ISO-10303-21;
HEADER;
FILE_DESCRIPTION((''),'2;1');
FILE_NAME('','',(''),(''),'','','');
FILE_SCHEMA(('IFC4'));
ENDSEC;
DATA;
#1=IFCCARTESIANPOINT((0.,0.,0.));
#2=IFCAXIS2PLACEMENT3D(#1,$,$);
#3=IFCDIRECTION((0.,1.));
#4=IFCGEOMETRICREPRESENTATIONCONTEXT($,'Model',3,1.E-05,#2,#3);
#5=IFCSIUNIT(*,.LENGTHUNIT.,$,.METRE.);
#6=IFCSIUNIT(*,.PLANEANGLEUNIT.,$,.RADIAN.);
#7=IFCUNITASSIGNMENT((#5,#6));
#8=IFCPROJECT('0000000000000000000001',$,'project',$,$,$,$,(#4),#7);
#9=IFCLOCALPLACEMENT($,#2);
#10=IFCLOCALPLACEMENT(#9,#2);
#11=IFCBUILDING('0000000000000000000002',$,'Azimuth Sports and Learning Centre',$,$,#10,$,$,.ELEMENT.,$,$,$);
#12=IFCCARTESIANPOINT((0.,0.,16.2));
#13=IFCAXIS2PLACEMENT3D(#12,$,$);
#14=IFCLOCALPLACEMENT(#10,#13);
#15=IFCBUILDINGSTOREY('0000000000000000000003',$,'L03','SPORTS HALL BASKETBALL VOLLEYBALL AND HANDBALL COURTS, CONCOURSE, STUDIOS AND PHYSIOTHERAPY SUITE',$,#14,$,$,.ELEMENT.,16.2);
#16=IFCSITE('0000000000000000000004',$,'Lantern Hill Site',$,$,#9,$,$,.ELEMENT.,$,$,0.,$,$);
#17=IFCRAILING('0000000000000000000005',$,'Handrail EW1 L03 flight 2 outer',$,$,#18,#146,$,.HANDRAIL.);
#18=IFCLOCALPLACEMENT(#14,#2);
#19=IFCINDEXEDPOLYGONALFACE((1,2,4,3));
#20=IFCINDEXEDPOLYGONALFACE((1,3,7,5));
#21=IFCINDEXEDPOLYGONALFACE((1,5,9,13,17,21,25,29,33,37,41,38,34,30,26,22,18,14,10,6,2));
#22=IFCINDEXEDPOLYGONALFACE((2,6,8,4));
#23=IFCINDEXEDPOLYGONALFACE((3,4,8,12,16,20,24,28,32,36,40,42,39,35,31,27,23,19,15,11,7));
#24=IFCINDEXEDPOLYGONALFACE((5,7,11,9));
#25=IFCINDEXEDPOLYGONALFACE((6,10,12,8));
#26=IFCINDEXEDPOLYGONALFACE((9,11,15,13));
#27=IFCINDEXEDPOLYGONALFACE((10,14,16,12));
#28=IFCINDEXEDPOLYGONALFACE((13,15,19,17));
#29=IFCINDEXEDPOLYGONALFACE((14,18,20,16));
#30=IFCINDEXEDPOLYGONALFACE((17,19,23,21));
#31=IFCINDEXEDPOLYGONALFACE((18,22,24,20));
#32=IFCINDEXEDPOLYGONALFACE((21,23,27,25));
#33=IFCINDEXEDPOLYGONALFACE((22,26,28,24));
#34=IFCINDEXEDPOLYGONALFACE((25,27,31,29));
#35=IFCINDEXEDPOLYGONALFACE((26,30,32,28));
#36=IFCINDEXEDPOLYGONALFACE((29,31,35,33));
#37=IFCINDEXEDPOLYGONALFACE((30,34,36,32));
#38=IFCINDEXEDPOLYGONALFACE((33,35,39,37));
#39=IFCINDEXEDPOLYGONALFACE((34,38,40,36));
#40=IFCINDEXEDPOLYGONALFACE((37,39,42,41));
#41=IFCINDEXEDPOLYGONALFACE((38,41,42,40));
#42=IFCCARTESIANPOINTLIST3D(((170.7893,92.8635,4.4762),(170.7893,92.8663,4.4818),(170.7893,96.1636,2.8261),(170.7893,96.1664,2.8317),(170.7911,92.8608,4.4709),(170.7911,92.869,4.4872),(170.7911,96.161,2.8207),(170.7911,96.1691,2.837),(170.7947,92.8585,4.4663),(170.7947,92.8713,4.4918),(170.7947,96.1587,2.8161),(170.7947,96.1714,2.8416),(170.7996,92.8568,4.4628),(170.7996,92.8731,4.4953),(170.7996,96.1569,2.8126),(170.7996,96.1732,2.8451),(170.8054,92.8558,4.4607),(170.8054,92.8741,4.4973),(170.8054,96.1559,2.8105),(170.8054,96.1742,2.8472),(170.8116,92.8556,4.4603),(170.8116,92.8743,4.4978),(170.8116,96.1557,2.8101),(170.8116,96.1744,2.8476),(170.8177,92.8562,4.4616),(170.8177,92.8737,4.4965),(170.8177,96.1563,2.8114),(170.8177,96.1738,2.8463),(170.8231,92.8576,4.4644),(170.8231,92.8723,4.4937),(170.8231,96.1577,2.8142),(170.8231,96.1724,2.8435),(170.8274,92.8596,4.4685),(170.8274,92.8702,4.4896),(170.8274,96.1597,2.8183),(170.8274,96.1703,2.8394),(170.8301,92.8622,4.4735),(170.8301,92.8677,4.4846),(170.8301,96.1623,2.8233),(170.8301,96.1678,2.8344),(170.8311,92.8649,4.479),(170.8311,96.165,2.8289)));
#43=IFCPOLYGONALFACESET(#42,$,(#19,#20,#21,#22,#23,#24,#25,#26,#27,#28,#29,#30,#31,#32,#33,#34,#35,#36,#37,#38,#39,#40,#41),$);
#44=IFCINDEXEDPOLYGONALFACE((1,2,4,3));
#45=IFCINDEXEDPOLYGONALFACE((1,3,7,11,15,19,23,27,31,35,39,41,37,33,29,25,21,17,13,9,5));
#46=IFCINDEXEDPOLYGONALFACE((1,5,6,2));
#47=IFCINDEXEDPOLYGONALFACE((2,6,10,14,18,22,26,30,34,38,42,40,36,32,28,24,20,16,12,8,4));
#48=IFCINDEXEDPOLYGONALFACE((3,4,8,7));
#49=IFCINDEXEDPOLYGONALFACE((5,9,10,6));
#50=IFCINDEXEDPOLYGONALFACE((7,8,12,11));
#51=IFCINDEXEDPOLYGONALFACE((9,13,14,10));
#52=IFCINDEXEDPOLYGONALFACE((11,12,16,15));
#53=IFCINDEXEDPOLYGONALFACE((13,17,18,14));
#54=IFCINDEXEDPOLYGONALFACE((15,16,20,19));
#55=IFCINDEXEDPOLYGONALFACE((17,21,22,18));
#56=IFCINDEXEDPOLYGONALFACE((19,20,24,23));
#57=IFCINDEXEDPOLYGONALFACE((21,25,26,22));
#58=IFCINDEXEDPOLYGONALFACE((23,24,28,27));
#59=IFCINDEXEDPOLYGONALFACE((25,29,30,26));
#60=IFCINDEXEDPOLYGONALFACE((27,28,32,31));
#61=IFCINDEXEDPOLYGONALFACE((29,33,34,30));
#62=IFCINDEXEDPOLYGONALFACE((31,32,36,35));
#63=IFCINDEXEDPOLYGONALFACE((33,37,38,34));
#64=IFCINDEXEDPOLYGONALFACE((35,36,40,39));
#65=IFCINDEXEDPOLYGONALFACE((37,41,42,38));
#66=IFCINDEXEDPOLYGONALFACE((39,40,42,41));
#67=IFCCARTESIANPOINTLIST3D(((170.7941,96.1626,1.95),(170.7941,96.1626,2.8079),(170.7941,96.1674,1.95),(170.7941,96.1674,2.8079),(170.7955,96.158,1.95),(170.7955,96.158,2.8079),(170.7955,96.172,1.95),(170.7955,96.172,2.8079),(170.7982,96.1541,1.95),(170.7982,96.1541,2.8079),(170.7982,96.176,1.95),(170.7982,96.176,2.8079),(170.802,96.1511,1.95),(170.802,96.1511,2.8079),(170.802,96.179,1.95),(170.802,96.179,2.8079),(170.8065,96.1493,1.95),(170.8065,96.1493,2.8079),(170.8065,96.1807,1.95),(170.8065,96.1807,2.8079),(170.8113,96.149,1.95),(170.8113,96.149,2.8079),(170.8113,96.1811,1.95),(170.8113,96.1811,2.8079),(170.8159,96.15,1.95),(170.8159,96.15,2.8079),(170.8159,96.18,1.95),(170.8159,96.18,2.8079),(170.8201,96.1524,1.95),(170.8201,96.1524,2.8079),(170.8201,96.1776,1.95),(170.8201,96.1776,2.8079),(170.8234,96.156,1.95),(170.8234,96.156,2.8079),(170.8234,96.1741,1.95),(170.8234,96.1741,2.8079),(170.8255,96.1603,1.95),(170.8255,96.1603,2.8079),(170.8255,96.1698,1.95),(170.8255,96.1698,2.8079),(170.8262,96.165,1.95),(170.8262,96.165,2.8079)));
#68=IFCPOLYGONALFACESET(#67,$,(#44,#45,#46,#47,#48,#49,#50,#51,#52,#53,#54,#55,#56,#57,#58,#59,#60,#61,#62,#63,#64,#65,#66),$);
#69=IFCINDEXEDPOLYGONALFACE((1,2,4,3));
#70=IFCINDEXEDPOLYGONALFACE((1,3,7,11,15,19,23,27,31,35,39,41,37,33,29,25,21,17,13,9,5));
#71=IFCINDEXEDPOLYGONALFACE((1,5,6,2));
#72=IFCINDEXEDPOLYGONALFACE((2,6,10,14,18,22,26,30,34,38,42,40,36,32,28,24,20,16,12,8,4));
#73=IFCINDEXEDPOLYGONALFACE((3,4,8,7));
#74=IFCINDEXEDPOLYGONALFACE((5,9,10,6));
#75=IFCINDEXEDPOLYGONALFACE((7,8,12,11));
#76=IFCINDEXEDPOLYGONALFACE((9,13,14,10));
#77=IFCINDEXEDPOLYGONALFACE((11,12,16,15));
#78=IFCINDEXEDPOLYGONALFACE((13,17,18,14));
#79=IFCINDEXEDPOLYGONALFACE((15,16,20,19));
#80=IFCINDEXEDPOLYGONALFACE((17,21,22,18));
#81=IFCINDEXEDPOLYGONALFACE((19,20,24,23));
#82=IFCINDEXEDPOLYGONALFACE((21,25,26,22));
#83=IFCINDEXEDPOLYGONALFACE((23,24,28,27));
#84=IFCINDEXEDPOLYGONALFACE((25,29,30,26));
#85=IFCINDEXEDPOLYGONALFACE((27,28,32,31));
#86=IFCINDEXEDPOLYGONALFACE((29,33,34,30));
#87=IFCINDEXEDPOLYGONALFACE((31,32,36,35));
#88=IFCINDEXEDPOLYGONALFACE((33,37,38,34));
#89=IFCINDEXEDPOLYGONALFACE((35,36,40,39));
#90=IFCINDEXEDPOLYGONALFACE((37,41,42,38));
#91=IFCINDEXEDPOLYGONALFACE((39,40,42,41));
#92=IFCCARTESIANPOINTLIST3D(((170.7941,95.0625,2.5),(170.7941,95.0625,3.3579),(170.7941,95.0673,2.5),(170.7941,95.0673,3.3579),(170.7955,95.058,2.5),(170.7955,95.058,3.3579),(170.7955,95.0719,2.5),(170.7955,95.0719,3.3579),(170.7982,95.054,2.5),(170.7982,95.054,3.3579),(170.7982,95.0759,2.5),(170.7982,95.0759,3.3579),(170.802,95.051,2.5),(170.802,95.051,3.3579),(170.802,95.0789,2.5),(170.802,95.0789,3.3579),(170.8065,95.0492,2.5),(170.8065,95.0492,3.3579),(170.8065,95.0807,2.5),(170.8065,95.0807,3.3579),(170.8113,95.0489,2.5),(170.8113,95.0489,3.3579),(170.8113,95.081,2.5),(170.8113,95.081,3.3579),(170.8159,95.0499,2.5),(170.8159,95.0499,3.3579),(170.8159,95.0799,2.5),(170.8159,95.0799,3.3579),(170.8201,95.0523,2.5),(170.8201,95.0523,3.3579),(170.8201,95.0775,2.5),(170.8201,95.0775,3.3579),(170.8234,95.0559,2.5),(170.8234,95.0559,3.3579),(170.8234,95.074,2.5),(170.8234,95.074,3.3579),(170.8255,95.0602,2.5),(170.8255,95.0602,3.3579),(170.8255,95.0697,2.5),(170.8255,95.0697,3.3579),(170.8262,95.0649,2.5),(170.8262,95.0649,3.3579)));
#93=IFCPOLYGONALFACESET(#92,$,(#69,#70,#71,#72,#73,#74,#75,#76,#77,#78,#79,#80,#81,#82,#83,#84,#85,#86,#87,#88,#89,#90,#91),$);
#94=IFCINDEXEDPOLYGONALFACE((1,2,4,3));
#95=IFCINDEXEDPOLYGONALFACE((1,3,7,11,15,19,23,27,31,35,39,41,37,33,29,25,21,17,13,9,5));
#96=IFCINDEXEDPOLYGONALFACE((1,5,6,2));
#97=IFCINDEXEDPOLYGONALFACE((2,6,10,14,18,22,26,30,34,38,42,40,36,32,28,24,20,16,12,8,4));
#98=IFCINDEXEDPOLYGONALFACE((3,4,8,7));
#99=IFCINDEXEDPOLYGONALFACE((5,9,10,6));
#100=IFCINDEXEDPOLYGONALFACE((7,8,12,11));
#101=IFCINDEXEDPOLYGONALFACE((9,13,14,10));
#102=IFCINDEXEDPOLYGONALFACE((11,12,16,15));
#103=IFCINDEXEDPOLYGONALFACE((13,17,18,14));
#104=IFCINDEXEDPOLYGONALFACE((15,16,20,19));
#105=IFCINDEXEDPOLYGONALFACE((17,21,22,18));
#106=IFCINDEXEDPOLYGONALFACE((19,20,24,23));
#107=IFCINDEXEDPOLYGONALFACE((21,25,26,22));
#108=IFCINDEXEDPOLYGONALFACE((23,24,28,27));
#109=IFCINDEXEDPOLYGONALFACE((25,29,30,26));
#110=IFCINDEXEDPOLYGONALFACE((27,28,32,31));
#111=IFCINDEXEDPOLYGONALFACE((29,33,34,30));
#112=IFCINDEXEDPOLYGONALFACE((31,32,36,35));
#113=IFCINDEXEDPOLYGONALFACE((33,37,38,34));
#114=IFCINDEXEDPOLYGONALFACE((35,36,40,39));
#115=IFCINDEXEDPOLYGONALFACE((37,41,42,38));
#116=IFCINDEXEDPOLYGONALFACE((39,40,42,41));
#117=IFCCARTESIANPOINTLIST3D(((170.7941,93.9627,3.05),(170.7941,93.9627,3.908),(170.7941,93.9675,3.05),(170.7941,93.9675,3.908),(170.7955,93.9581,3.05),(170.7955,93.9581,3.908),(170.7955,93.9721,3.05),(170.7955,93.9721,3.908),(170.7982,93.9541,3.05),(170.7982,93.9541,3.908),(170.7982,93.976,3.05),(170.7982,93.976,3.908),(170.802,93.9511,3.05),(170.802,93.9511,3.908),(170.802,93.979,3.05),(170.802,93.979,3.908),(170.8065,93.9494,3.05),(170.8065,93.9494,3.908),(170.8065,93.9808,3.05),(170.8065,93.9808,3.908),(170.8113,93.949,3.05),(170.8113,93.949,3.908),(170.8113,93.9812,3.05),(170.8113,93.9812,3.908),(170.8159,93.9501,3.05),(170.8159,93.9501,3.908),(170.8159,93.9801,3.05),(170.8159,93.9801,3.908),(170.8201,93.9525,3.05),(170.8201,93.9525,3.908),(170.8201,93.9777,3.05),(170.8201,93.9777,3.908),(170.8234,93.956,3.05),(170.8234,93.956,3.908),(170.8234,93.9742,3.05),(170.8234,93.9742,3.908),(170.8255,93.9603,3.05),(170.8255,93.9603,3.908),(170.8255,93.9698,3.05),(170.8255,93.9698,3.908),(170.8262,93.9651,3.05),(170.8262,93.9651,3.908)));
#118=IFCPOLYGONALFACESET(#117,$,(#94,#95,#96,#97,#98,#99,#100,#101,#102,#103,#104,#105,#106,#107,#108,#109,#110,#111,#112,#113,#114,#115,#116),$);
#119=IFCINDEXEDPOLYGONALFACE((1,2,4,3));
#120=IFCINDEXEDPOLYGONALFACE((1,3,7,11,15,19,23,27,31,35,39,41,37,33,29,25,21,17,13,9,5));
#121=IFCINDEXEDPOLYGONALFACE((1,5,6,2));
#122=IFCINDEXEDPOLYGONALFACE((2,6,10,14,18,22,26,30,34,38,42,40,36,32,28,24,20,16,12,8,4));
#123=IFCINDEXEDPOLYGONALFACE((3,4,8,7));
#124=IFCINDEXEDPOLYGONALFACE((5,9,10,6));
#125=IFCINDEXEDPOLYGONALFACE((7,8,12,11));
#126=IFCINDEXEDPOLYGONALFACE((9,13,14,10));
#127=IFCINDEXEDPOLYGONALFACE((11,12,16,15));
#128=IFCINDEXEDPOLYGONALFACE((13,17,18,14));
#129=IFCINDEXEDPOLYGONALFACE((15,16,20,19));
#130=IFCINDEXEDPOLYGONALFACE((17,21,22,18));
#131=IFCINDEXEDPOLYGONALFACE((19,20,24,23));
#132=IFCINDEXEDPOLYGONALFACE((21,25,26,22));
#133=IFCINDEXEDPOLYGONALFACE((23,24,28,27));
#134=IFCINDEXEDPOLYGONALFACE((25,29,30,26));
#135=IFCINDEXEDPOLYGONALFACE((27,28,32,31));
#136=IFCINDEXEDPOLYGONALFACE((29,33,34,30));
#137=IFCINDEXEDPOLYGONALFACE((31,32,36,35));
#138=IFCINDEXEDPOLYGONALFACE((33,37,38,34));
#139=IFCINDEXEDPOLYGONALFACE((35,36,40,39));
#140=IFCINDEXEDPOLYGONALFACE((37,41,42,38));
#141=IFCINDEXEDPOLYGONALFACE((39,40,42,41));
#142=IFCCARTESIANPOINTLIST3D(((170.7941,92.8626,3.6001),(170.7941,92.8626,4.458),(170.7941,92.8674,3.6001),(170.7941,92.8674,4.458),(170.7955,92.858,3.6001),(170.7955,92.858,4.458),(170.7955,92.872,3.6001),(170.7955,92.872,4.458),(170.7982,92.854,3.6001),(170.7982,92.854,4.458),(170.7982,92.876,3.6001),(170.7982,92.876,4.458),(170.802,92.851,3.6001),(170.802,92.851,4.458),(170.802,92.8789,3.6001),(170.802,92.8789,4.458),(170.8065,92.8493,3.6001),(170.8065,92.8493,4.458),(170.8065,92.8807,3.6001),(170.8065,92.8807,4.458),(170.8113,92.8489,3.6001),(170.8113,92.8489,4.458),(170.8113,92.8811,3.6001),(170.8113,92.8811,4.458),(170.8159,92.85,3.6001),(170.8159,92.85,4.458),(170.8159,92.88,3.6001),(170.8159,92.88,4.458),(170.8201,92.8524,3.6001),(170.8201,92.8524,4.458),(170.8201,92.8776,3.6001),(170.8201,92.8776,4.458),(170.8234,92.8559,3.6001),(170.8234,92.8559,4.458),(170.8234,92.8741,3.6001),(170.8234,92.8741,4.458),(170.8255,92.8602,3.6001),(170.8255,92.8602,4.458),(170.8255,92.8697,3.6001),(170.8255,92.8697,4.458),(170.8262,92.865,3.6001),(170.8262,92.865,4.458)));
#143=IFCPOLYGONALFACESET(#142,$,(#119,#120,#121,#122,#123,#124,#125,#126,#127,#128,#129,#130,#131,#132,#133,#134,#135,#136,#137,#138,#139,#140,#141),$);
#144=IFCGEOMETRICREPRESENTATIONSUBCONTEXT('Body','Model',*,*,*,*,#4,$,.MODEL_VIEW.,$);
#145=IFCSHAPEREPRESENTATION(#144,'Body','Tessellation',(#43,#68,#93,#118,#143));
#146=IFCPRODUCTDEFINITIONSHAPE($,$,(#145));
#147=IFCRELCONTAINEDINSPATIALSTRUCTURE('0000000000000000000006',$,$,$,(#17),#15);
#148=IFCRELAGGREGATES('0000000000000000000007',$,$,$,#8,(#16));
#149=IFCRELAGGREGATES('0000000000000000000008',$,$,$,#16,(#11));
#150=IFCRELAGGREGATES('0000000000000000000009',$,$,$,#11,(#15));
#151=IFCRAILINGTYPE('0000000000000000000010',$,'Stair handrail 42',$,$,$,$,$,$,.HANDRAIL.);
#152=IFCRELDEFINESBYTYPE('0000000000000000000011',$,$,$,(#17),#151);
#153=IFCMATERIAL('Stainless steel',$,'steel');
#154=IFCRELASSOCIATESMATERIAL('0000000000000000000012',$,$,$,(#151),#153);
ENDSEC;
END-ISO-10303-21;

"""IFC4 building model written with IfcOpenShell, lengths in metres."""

from ifc_helpers import new_model, si_unit, direction, frame, origin, origin_2d, place, context, subcontext, project, spatial, circle, extrude, material, type_object, element, save


model = new_model("IFC4")

# Units and contexts
model_context = context("Model", 3, precision=1e-05, world=origin(), true_north=direction((0.0, 1.0)))
body_context = subcontext(model_context, "Body", "Model", "MODEL_VIEW")
ifc_project = project(units=[si_unit("LENGTHUNIT", "METRE"), si_unit("PLANEANGLEUNIT", "RADIAN")], contexts=[model_context])

# Site, building, storey
site_placement = place(None, origin())
site = spatial("IfcSite", under=ifc_project, at=site_placement, Name="Lantern Hill Site", CompositionType="ELEMENT", RefElevation=0.0)
building_placement = place(site_placement, origin())
building = spatial("IfcBuilding", under=site, at=building_placement, Name="Azimuth Sports and Learning Centre", CompositionType="ELEMENT")
storey_placement = place(building_placement, frame((0.0, 0.0, 16.2)))
storey = spatial("IfcBuildingStorey", under=building, at=storey_placement, Name="L03", Description="SPORTS HALL BASKETBALL VOLLEYBALL AND HANDBALL COURTS, CONCOURSE, STUDIOS AND PHYSIOTHERAPY SUITE", CompositionType="ELEMENT", Elevation=16.2)

# Railing
ifc_material_1 = material(Name="Stainless steel", Category="steel")
railing_type = type_object("IfcRailingType", Name="Stair handrail 42", PredefinedType="HANDRAIL", material=ifc_material_1)
for number, where, name in (
    (1, (170.8101, 96.165, 1.95), "Handrail EW1 L03 flight 2 outer"),
):
    element("IfcRailing", number, at=place(storey_placement, frame(where)), inside=storey, type_object=railing_type, Name=name, PredefinedType="HANDRAIL", context=body_context, shape_type="SweptSolid", body=[
        extrude(circle(Radius=0.021, at=origin_2d()), frame((0.0, 0.0, 0.8789), z_axis=(0.0, -0.894414, 0.44724), x_axis=(1.0, 0.0, 0.0)), (0.0, 0.0, 1.0), 3.6897),
        extrude(circle(Radius=0.0161, at=origin_2d()), origin(), (0.0, 0.0, 1.0), 0.8579),
        extrude(circle(Radius=0.0161, at=origin_2d()), frame((0.0, -1.1001, 0.55)), (0.0, 0.0, 1.0), 0.8579),
        extrude(circle(Radius=0.0161, at=origin_2d()), frame((0.0, -2.2, 1.1001)), (0.0, 0.0, 1.0), 0.8579),
        extrude(circle(Radius=0.0161, at=origin_2d()), frame((0.0, -3.3, 1.6501)), (0.0, 0.0, 1.0), 0.8579),
    ])

save(model, "model.ifc")
